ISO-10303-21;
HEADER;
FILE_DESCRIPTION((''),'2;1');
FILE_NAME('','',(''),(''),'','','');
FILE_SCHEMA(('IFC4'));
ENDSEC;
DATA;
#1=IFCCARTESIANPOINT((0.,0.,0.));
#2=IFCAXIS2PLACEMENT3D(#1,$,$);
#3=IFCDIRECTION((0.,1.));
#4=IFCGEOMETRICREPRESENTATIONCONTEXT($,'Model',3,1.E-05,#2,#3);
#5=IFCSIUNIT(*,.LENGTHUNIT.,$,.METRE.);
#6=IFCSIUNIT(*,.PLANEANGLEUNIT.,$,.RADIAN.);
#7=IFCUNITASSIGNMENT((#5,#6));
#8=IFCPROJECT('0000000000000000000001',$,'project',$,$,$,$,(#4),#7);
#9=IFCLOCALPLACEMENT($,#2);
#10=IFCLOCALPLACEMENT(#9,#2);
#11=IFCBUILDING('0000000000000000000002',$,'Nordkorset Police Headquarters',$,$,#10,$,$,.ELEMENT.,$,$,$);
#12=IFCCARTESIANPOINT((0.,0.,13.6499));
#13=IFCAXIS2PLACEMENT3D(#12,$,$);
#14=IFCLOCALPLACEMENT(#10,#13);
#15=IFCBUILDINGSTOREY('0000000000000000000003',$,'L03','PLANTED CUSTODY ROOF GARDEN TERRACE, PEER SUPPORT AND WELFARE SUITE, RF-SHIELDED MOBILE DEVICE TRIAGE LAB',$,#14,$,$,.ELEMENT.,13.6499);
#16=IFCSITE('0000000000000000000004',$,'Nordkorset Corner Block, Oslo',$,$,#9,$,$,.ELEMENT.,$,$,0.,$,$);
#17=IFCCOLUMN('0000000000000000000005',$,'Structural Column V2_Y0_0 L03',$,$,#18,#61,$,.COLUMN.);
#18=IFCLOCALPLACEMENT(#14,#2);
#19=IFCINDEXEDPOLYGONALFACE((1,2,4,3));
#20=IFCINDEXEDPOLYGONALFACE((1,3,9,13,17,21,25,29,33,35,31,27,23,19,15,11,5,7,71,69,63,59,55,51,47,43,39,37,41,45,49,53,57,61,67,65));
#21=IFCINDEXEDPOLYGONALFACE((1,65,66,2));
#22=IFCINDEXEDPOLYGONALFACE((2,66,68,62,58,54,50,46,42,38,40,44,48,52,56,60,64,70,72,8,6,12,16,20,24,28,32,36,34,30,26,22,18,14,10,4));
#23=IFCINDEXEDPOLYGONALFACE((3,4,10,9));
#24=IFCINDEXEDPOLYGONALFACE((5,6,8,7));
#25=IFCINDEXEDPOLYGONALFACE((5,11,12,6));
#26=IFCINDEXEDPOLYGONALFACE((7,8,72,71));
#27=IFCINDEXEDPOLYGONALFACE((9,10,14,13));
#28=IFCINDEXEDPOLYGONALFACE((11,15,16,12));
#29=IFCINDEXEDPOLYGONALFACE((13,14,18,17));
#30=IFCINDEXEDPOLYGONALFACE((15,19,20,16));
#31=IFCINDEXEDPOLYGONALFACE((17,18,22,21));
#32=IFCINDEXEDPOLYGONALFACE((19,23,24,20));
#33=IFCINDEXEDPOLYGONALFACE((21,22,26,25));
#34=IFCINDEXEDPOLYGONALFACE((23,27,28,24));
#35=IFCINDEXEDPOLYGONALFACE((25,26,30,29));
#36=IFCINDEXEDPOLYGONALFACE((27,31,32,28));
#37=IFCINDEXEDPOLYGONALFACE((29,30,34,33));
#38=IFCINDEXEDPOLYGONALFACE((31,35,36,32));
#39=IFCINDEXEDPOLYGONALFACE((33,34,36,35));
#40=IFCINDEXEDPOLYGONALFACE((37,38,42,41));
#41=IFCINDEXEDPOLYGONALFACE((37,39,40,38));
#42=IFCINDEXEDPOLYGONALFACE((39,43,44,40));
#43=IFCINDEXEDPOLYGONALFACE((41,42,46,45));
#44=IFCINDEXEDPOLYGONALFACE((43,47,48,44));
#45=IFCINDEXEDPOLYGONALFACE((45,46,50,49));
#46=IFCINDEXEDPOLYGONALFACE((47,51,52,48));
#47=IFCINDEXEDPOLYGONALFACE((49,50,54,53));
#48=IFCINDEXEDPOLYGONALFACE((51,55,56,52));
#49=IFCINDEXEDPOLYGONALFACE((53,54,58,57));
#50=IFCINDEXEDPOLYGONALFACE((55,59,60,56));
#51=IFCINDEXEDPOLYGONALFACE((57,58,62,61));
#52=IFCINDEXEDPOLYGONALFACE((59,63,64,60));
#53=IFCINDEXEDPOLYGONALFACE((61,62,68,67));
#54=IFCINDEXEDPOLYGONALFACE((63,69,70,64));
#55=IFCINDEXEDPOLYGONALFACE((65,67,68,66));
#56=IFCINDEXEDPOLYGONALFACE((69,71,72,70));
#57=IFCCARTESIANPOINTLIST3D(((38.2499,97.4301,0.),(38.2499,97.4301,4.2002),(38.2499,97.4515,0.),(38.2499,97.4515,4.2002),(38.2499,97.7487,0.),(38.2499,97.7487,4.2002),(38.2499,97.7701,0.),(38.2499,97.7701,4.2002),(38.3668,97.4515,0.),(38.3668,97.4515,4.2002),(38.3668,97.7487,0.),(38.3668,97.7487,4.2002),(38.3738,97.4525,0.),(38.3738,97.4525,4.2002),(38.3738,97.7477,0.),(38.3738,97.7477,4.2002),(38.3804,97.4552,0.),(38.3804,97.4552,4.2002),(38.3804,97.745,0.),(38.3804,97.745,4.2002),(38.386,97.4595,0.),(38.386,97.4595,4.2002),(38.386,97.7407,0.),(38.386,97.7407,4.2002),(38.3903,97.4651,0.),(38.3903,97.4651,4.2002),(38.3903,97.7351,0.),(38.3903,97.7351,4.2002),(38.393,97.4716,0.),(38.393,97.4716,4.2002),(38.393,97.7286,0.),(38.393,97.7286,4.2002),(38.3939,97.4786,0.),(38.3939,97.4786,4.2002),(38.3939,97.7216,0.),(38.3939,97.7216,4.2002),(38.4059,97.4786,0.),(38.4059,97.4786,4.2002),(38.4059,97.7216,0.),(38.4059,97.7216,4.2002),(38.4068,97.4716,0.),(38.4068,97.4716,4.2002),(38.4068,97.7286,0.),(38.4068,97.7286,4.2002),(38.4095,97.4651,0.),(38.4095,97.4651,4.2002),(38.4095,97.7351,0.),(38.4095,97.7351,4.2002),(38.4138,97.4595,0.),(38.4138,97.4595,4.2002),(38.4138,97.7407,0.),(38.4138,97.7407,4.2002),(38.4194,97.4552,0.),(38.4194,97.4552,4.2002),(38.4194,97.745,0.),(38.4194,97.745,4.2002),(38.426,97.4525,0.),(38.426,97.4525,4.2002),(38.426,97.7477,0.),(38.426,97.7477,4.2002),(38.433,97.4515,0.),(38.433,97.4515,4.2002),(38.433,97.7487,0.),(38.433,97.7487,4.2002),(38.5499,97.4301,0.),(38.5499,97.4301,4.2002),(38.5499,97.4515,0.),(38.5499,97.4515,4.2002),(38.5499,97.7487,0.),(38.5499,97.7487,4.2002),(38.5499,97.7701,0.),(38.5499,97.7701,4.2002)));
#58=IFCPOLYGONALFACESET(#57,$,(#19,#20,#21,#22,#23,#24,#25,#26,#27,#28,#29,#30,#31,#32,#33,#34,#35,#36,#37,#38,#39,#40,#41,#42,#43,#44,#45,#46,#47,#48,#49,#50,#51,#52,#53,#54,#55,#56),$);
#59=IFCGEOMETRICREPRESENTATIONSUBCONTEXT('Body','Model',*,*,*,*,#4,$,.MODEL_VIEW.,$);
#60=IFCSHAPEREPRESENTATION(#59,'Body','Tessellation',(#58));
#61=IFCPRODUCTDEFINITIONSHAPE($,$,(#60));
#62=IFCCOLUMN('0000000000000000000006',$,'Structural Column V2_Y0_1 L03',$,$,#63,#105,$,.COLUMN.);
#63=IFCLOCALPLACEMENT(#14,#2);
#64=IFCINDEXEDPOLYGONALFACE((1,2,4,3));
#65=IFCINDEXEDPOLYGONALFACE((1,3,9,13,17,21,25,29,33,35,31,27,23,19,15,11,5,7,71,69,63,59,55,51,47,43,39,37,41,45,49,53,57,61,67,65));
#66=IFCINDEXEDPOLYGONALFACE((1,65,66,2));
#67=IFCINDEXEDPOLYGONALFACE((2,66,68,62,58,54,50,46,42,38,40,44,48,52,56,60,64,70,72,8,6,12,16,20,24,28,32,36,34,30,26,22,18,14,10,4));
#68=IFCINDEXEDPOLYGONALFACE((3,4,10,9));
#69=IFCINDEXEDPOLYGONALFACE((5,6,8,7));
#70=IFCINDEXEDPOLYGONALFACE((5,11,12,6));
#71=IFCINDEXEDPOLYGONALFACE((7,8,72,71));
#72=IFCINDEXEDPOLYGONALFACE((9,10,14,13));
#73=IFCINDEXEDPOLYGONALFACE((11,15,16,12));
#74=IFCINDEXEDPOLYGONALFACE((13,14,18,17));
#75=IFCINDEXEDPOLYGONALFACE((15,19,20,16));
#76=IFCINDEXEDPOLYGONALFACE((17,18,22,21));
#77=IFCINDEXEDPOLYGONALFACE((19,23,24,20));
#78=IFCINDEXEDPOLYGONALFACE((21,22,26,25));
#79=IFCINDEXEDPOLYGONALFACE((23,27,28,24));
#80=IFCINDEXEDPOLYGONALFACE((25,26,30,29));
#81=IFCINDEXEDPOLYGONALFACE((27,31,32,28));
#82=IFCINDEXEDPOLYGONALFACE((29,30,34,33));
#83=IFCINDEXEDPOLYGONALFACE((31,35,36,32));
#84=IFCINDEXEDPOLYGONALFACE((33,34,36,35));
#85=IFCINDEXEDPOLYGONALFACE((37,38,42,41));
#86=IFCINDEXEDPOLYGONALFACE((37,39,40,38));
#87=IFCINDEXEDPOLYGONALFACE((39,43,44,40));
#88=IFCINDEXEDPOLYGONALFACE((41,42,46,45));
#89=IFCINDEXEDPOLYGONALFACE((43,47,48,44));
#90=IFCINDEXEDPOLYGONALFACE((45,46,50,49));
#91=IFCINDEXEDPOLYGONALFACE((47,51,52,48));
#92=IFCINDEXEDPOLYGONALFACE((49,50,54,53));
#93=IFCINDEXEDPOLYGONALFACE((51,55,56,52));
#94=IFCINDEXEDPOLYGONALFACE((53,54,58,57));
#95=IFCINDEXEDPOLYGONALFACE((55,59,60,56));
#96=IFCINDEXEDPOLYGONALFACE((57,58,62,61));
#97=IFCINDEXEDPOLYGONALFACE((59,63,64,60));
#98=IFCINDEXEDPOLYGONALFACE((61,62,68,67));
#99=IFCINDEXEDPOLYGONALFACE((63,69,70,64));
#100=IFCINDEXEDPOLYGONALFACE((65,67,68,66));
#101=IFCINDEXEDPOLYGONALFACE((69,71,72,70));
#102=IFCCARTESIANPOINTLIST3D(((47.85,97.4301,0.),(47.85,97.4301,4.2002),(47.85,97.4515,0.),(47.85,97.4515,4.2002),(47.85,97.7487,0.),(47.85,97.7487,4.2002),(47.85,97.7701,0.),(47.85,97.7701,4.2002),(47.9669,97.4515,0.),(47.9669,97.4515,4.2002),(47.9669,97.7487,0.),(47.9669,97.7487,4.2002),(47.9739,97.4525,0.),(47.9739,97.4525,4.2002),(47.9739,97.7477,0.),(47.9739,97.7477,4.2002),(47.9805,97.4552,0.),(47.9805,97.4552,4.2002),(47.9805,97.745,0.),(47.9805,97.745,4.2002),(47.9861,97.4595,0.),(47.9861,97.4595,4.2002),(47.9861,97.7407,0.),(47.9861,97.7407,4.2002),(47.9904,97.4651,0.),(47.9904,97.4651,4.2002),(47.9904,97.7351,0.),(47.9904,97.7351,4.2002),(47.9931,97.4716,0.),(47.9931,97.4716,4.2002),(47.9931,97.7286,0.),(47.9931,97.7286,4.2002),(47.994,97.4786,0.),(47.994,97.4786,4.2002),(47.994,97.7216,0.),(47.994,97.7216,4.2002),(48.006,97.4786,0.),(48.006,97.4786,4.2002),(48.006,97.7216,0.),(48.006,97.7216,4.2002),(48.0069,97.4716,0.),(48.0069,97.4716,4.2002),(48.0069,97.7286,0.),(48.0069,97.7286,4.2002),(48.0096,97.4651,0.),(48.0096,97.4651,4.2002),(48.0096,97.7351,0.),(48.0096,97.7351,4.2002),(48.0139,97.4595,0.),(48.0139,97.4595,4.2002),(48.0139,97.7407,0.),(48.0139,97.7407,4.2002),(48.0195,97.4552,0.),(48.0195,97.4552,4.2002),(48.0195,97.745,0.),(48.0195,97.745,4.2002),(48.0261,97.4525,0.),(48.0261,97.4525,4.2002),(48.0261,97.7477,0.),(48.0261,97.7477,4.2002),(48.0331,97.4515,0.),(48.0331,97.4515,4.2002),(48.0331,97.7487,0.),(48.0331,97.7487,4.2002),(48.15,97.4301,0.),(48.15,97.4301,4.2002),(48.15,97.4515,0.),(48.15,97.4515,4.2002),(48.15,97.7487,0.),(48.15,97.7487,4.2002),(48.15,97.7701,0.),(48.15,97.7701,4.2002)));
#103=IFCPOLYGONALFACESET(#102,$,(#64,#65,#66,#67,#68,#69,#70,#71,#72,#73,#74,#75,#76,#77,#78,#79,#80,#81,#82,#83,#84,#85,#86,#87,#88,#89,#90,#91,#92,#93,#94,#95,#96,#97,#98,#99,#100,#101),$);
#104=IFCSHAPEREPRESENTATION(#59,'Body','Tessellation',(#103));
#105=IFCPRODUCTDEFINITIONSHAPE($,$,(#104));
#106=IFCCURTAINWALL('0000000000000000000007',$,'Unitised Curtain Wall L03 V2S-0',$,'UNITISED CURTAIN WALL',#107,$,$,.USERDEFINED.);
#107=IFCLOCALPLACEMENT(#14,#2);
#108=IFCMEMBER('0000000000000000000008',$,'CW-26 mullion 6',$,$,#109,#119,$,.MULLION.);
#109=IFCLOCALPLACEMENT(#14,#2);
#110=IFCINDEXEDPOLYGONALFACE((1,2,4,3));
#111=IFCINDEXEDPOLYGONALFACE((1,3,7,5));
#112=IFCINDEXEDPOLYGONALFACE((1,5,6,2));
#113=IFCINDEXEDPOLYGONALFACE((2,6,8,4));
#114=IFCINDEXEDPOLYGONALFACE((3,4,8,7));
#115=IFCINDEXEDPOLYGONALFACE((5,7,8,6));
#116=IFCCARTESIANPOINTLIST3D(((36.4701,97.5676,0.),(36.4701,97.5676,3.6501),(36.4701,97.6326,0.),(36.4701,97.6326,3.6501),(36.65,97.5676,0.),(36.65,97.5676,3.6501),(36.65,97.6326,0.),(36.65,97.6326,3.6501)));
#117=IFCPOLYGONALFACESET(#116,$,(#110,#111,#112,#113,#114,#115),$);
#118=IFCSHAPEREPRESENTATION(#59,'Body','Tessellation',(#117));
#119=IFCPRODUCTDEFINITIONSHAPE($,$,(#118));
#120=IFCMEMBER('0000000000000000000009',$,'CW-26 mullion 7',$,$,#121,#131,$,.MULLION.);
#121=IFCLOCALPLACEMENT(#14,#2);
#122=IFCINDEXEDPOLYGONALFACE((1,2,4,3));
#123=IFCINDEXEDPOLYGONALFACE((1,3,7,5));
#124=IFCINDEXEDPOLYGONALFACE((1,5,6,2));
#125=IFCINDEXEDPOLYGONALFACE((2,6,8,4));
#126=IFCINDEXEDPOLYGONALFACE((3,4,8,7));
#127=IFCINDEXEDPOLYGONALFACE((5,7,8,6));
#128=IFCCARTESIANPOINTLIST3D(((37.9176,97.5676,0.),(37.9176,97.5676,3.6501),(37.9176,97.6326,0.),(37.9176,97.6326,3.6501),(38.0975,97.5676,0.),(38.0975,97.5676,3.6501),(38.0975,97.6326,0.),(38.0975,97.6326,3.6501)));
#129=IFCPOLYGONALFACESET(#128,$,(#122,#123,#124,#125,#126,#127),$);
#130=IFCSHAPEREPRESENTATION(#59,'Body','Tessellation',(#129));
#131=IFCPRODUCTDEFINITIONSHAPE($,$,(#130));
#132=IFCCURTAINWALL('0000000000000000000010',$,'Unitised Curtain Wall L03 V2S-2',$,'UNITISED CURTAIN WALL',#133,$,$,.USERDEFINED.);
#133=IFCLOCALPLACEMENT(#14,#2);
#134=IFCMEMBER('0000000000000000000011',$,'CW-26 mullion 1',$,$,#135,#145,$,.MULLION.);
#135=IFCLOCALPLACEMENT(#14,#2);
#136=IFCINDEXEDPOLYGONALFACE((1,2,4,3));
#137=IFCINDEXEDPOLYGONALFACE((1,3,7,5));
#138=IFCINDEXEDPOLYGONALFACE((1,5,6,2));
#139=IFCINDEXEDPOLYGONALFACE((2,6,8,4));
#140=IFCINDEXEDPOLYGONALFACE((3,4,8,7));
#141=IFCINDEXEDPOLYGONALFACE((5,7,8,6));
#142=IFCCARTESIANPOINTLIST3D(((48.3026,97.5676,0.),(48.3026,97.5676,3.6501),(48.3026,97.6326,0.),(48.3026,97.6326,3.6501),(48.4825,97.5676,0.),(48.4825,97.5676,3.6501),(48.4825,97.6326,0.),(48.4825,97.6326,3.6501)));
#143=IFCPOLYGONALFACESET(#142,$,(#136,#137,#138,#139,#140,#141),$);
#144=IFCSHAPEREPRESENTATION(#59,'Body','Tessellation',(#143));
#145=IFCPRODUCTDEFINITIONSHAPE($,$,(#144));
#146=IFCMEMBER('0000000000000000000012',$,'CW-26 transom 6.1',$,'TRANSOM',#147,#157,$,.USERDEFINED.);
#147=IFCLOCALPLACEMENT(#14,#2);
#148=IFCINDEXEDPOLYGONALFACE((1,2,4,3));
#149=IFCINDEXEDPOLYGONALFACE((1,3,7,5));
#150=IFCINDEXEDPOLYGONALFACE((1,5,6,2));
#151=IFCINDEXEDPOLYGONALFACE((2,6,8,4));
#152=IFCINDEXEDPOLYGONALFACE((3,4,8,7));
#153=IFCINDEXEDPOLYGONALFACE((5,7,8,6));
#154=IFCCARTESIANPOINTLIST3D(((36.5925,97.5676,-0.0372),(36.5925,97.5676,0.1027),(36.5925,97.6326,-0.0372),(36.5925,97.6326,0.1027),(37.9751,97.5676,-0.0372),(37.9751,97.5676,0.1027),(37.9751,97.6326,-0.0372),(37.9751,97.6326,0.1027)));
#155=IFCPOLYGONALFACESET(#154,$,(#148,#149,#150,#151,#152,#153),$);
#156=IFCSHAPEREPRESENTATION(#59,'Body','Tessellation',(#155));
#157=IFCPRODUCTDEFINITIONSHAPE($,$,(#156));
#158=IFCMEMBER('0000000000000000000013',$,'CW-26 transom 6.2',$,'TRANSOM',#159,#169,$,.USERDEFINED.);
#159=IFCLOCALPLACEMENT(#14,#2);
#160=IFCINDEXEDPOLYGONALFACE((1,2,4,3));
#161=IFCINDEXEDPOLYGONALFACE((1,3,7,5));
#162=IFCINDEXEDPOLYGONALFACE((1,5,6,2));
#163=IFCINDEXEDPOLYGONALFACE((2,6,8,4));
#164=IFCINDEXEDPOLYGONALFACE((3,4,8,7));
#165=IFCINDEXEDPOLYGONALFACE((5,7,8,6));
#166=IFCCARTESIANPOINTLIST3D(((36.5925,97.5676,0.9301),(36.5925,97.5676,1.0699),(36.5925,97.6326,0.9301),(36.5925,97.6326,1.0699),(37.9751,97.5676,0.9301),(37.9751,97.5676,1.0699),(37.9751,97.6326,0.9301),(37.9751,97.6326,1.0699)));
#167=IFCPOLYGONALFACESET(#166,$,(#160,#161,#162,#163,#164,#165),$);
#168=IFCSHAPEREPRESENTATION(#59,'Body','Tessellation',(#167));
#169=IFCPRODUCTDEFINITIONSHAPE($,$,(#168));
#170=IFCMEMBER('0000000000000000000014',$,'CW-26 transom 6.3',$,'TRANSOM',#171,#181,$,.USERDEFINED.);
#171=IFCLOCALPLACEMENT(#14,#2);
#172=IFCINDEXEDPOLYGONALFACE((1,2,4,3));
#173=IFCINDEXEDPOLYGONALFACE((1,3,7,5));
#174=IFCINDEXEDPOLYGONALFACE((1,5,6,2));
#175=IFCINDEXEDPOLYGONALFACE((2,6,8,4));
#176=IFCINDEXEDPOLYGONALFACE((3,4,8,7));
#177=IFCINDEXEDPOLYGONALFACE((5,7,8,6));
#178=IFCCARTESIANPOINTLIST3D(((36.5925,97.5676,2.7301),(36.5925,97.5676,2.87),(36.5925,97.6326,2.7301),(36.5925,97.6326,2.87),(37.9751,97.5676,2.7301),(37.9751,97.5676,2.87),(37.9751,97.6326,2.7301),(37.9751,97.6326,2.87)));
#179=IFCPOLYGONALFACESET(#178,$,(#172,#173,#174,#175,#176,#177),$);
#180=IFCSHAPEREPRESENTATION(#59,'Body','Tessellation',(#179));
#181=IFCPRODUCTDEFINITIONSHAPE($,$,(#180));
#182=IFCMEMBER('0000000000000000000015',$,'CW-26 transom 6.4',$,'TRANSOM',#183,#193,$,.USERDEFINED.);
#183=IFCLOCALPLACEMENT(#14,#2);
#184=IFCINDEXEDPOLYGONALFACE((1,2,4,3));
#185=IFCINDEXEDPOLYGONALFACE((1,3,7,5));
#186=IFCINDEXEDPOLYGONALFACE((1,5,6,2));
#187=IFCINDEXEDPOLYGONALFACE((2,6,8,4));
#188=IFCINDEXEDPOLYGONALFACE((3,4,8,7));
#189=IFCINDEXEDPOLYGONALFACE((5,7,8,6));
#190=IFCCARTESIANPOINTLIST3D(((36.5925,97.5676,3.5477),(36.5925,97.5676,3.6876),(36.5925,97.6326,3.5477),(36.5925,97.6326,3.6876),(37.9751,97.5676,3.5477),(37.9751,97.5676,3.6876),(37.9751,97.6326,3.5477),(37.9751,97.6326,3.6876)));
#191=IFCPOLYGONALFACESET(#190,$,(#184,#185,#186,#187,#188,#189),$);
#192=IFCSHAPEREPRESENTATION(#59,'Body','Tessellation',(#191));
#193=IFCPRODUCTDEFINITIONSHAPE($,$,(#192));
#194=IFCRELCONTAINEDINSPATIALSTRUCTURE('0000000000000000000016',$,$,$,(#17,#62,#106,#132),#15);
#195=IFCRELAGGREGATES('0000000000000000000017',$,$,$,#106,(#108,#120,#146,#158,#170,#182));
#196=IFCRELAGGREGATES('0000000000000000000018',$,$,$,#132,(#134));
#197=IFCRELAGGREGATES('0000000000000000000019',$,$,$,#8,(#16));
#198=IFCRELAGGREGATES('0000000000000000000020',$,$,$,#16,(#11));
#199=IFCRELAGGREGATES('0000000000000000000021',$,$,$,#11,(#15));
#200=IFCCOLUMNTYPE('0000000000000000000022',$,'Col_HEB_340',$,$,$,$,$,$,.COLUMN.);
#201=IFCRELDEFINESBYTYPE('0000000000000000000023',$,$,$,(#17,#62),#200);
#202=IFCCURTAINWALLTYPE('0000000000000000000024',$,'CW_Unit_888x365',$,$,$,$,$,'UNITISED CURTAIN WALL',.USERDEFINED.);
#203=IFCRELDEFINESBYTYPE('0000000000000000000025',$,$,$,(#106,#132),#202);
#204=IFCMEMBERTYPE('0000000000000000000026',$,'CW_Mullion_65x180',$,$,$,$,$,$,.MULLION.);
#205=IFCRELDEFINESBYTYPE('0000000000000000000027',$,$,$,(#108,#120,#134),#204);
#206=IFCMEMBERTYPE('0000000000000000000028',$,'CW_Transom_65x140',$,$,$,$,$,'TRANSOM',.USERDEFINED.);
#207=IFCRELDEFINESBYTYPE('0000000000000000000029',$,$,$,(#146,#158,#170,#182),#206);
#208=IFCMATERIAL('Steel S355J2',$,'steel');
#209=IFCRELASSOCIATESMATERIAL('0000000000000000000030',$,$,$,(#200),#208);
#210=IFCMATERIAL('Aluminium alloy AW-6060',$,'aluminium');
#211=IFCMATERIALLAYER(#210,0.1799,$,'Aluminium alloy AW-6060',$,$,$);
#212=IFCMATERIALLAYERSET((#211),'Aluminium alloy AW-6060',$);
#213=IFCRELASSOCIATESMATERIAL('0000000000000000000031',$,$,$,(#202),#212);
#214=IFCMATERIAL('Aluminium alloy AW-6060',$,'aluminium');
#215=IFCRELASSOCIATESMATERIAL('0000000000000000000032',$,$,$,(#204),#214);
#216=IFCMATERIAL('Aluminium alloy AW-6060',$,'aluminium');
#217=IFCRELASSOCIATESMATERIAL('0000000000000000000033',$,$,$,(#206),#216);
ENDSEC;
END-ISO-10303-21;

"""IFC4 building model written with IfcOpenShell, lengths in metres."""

from ifc_helpers import new_model, si_unit, direction, frame, origin, origin_2d, place, context, subcontext, project, spatial, rectangle, i_section, extrude, material, layer, layer_set, material_profile, profile_set, type_object, element, aggregate, save


model = new_model("IFC4")

# Units and contexts
model_context = context("Model", 3, precision=1e-05, world=origin(), true_north=direction((0.0, 1.0)))
body_context = subcontext(model_context, "Body", "Model", "MODEL_VIEW")
ifc_project = project(units=[si_unit("LENGTHUNIT", "METRE"), si_unit("PLANEANGLEUNIT", "RADIAN")], contexts=[model_context])

# Site, building, storey
site_placement = place(None, origin())
site = spatial("IfcSite", under=ifc_project, at=site_placement, Name="Nordkorset Corner Block, Oslo", CompositionType="ELEMENT", RefElevation=0.0)
building_placement = place(site_placement, origin())
building = spatial("IfcBuilding", under=site, at=building_placement, Name="Nordkorset Police Headquarters", CompositionType="ELEMENT")
storey_placement = place(building_placement, frame((0.0, 0.0, 13.6499)))
storey = spatial("IfcBuildingStorey", under=building, at=storey_placement, Name="L03", Description="PLANTED CUSTODY ROOF GARDEN TERRACE, PEER SUPPORT AND WELFARE SUITE, RF-SHIELDED MOBILE DEVICE TRIAGE LAB", CompositionType="ELEMENT", Elevation=13.6499)

# Columns
ifc_material_1 = material(Name="Steel S355J2", Category="steel")
ifc_material_profile_1 = material_profile(ifc_material_1, i_section(OverallWidth=0.3, OverallDepth=0.3401, WebThickness=0.012, FlangeThickness=0.0215, FilletRadius=0.0271, at=origin_2d()), Name="HEB 340")
ifc_profile_set_1 = profile_set([ifc_material_profile_1], Name="Steel S355J2")
column_type = type_object("IfcColumnType", Name="Col_HEB_340", PredefinedType="COLUMN", material=ifc_profile_set_1)
for number, where, z_axis, x_axis, name in (
    (1, (38.3999, 97.6001, 0.0), (0.0, 0.0, 1.0), (1.0, 0.0, 0.0), "Structural Column V2_Y0_0 L03"),
    (2, (48.0, 97.6001, 0.0), (0.0, 0.0, 1.0), (1.0, 0.0, 0.0), "Structural Column V2_Y0_1 L03"),
):
    element("IfcColumn", number, at=place(storey_placement, frame(where, z_axis=z_axis, x_axis=x_axis)), inside=storey, type_object=column_type, Name=name, PredefinedType="COLUMN", context=body_context, shape_type="SweptSolid", body=[
        extrude(i_section(OverallWidth=0.3, OverallDepth=0.3401, WebThickness=0.012, FlangeThickness=0.0215, FilletRadius=0.0271, at=origin_2d()), origin(), (0.0, 0.0, 1.0), 4.2002),
    ])

# Curtain wall, members
ifc_material_2 = material(Name="Aluminium alloy AW-6060", Category="aluminium")
ifc_layer_1 = layer(ifc_material_2, 0.1799, Name="Aluminium alloy AW-6060")
ifc_layer_set_1 = layer_set([ifc_layer_1], Name="Aluminium alloy AW-6060")
curtain_wall_type = type_object("IfcCurtainWallType", Name="CW_Unit_888x365", ElementType="UNITISED CURTAIN WALL", PredefinedType="USERDEFINED", material=ifc_layer_set_1)
curtain_wall_1_placement = place(storey_placement, origin())
curtain_wall_1 = element("IfcCurtainWall", 3, at=curtain_wall_1_placement, inside=storey, type_object=curtain_wall_type, Name="Unitised Curtain Wall L03 V2S-0", ObjectType="UNITISED CURTAIN WALL", PredefinedType="USERDEFINED")
ifc_material_3 = material(Name="Aluminium alloy AW-6060", Category="aluminium")
ifc_material_profile_2 = material_profile(ifc_material_3, rectangle(XDim=0.0649, YDim=0.1799, at=origin_2d()), Name="ALU MULL 65x180")
ifc_profile_set_2 = profile_set([ifc_material_profile_2], Name="Aluminium alloy AW-6060")
member_type_1 = type_object("IfcMemberType", Name="CW_Mullion_65x180", PredefinedType="MULLION", material=ifc_profile_set_2)
member_1_placement = place(storey_placement, frame((36.5601, 97.6001, 0.0), z_axis=(0.0, 0.0, 1.0), x_axis=(0.0, 1.0, 0.0)))
member_1 = element("IfcMember", 4, at=member_1_placement, type_object=member_type_1, Name="CW-26 mullion 6", PredefinedType="MULLION", context=body_context, shape_type="SweptSolid", body=[
    extrude(rectangle(XDim=0.0649, YDim=0.1799, at=origin_2d()), origin(), (0.0, 0.0, 1.0), 3.6501),
])
member_2_placement = place(storey_placement, frame((38.0076, 97.6001, 0.0), z_axis=(0.0, 0.0, 1.0), x_axis=(0.0, 1.0, 0.0)))
member_2 = element("IfcMember", 5, at=member_2_placement, type_object=member_type_1, Name="CW-26 mullion 7", PredefinedType="MULLION", context=body_context, shape_type="SweptSolid", body=[
    extrude(rectangle(XDim=0.0649, YDim=0.1799, at=origin_2d()), origin(), (0.0, 0.0, 1.0), 3.6501),
])

# Curtain wall, member
curtain_wall_2_placement = place(storey_placement, origin())
curtain_wall_2 = element("IfcCurtainWall", 6, at=curtain_wall_2_placement, inside=storey, type_object=curtain_wall_type, Name="Unitised Curtain Wall L03 V2S-2", ObjectType="UNITISED CURTAIN WALL", PredefinedType="USERDEFINED")
member_3_placement = place(storey_placement, frame((48.3926, 97.6001, 0.0), z_axis=(0.0, 0.0, 1.0), x_axis=(0.0, 1.0, 0.0)))
member_3 = element("IfcMember", 7, at=member_3_placement, type_object=member_type_1, Name="CW-26 mullion 1", PredefinedType="MULLION", context=body_context, shape_type="SweptSolid", body=[
    extrude(rectangle(XDim=0.0649, YDim=0.1799, at=origin_2d()), origin(), (0.0, 0.0, 1.0), 3.6501),
])

# Members
ifc_material_4 = material(Name="Aluminium alloy AW-6060", Category="aluminium")
ifc_material_profile_3 = material_profile(ifc_material_4, rectangle(XDim=0.0649, YDim=0.1399, at=origin_2d()), Name="ALU TRAN 65x140")
ifc_profile_set_3 = profile_set([ifc_material_profile_3], Name="Aluminium alloy AW-6060")
member_type_2 = type_object("IfcMemberType", Name="CW_Transom_65x140", ElementType="TRANSOM", PredefinedType="USERDEFINED", material=ifc_profile_set_3)
member_4_placement = place(storey_placement, frame((36.5925, 97.6001, 0.0327), z_axis=(1.0, 0.0, 0.0), x_axis=(0.0, 1.0, 0.0)))
member_4 = element("IfcMember", 8, at=member_4_placement, type_object=member_type_2, Name="CW-26 transom 6.1", ObjectType="TRANSOM", PredefinedType="USERDEFINED", context=body_context, shape_type="SweptSolid", body=[
    extrude(rectangle(XDim=0.0649, YDim=0.1399, at=origin_2d()), origin(), (0.0, 0.0, 1.0), 1.3826),
])
member_5_placement = place(storey_placement, frame((36.5925, 97.6001, 1.0), z_axis=(1.0, 0.0, 0.0), x_axis=(0.0, 1.0, 0.0)))
member_5 = element("IfcMember", 9, at=member_5_placement, type_object=member_type_2, Name="CW-26 transom 6.2", ObjectType="TRANSOM", PredefinedType="USERDEFINED", context=body_context, shape_type="SweptSolid", body=[
    extrude(rectangle(XDim=0.0649, YDim=0.1399, at=origin_2d()), origin(), (0.0, 0.0, 1.0), 1.3826),
])
member_6_placement = place(storey_placement, frame((36.5925, 97.6001, 2.8), z_axis=(1.0, 0.0, 0.0), x_axis=(0.0, 1.0, 0.0)))
member_6 = element("IfcMember", 10, at=member_6_placement, type_object=member_type_2, Name="CW-26 transom 6.3", ObjectType="TRANSOM", PredefinedType="USERDEFINED", context=body_context, shape_type="SweptSolid", body=[
    extrude(rectangle(XDim=0.0649, YDim=0.1399, at=origin_2d()), origin(), (0.0, 0.0, 1.0), 1.3826),
])
member_7_placement = place(storey_placement, frame((36.5925, 97.6001, 3.6177), z_axis=(1.0, 0.0, 0.0), x_axis=(0.0, 1.0, 0.0)))
member_7 = element("IfcMember", 11, at=member_7_placement, type_object=member_type_2, Name="CW-26 transom 6.4", ObjectType="TRANSOM", PredefinedType="USERDEFINED", context=body_context, shape_type="SweptSolid", body=[
    extrude(rectangle(XDim=0.0649, YDim=0.1399, at=origin_2d()), origin(), (0.0, 0.0, 1.0), 1.3826),
])

aggregate(curtain_wall_1, [member_1, member_2, member_4, member_5, member_6, member_7])
aggregate(curtain_wall_2, [member_3])

save(model, "model.ifc")
